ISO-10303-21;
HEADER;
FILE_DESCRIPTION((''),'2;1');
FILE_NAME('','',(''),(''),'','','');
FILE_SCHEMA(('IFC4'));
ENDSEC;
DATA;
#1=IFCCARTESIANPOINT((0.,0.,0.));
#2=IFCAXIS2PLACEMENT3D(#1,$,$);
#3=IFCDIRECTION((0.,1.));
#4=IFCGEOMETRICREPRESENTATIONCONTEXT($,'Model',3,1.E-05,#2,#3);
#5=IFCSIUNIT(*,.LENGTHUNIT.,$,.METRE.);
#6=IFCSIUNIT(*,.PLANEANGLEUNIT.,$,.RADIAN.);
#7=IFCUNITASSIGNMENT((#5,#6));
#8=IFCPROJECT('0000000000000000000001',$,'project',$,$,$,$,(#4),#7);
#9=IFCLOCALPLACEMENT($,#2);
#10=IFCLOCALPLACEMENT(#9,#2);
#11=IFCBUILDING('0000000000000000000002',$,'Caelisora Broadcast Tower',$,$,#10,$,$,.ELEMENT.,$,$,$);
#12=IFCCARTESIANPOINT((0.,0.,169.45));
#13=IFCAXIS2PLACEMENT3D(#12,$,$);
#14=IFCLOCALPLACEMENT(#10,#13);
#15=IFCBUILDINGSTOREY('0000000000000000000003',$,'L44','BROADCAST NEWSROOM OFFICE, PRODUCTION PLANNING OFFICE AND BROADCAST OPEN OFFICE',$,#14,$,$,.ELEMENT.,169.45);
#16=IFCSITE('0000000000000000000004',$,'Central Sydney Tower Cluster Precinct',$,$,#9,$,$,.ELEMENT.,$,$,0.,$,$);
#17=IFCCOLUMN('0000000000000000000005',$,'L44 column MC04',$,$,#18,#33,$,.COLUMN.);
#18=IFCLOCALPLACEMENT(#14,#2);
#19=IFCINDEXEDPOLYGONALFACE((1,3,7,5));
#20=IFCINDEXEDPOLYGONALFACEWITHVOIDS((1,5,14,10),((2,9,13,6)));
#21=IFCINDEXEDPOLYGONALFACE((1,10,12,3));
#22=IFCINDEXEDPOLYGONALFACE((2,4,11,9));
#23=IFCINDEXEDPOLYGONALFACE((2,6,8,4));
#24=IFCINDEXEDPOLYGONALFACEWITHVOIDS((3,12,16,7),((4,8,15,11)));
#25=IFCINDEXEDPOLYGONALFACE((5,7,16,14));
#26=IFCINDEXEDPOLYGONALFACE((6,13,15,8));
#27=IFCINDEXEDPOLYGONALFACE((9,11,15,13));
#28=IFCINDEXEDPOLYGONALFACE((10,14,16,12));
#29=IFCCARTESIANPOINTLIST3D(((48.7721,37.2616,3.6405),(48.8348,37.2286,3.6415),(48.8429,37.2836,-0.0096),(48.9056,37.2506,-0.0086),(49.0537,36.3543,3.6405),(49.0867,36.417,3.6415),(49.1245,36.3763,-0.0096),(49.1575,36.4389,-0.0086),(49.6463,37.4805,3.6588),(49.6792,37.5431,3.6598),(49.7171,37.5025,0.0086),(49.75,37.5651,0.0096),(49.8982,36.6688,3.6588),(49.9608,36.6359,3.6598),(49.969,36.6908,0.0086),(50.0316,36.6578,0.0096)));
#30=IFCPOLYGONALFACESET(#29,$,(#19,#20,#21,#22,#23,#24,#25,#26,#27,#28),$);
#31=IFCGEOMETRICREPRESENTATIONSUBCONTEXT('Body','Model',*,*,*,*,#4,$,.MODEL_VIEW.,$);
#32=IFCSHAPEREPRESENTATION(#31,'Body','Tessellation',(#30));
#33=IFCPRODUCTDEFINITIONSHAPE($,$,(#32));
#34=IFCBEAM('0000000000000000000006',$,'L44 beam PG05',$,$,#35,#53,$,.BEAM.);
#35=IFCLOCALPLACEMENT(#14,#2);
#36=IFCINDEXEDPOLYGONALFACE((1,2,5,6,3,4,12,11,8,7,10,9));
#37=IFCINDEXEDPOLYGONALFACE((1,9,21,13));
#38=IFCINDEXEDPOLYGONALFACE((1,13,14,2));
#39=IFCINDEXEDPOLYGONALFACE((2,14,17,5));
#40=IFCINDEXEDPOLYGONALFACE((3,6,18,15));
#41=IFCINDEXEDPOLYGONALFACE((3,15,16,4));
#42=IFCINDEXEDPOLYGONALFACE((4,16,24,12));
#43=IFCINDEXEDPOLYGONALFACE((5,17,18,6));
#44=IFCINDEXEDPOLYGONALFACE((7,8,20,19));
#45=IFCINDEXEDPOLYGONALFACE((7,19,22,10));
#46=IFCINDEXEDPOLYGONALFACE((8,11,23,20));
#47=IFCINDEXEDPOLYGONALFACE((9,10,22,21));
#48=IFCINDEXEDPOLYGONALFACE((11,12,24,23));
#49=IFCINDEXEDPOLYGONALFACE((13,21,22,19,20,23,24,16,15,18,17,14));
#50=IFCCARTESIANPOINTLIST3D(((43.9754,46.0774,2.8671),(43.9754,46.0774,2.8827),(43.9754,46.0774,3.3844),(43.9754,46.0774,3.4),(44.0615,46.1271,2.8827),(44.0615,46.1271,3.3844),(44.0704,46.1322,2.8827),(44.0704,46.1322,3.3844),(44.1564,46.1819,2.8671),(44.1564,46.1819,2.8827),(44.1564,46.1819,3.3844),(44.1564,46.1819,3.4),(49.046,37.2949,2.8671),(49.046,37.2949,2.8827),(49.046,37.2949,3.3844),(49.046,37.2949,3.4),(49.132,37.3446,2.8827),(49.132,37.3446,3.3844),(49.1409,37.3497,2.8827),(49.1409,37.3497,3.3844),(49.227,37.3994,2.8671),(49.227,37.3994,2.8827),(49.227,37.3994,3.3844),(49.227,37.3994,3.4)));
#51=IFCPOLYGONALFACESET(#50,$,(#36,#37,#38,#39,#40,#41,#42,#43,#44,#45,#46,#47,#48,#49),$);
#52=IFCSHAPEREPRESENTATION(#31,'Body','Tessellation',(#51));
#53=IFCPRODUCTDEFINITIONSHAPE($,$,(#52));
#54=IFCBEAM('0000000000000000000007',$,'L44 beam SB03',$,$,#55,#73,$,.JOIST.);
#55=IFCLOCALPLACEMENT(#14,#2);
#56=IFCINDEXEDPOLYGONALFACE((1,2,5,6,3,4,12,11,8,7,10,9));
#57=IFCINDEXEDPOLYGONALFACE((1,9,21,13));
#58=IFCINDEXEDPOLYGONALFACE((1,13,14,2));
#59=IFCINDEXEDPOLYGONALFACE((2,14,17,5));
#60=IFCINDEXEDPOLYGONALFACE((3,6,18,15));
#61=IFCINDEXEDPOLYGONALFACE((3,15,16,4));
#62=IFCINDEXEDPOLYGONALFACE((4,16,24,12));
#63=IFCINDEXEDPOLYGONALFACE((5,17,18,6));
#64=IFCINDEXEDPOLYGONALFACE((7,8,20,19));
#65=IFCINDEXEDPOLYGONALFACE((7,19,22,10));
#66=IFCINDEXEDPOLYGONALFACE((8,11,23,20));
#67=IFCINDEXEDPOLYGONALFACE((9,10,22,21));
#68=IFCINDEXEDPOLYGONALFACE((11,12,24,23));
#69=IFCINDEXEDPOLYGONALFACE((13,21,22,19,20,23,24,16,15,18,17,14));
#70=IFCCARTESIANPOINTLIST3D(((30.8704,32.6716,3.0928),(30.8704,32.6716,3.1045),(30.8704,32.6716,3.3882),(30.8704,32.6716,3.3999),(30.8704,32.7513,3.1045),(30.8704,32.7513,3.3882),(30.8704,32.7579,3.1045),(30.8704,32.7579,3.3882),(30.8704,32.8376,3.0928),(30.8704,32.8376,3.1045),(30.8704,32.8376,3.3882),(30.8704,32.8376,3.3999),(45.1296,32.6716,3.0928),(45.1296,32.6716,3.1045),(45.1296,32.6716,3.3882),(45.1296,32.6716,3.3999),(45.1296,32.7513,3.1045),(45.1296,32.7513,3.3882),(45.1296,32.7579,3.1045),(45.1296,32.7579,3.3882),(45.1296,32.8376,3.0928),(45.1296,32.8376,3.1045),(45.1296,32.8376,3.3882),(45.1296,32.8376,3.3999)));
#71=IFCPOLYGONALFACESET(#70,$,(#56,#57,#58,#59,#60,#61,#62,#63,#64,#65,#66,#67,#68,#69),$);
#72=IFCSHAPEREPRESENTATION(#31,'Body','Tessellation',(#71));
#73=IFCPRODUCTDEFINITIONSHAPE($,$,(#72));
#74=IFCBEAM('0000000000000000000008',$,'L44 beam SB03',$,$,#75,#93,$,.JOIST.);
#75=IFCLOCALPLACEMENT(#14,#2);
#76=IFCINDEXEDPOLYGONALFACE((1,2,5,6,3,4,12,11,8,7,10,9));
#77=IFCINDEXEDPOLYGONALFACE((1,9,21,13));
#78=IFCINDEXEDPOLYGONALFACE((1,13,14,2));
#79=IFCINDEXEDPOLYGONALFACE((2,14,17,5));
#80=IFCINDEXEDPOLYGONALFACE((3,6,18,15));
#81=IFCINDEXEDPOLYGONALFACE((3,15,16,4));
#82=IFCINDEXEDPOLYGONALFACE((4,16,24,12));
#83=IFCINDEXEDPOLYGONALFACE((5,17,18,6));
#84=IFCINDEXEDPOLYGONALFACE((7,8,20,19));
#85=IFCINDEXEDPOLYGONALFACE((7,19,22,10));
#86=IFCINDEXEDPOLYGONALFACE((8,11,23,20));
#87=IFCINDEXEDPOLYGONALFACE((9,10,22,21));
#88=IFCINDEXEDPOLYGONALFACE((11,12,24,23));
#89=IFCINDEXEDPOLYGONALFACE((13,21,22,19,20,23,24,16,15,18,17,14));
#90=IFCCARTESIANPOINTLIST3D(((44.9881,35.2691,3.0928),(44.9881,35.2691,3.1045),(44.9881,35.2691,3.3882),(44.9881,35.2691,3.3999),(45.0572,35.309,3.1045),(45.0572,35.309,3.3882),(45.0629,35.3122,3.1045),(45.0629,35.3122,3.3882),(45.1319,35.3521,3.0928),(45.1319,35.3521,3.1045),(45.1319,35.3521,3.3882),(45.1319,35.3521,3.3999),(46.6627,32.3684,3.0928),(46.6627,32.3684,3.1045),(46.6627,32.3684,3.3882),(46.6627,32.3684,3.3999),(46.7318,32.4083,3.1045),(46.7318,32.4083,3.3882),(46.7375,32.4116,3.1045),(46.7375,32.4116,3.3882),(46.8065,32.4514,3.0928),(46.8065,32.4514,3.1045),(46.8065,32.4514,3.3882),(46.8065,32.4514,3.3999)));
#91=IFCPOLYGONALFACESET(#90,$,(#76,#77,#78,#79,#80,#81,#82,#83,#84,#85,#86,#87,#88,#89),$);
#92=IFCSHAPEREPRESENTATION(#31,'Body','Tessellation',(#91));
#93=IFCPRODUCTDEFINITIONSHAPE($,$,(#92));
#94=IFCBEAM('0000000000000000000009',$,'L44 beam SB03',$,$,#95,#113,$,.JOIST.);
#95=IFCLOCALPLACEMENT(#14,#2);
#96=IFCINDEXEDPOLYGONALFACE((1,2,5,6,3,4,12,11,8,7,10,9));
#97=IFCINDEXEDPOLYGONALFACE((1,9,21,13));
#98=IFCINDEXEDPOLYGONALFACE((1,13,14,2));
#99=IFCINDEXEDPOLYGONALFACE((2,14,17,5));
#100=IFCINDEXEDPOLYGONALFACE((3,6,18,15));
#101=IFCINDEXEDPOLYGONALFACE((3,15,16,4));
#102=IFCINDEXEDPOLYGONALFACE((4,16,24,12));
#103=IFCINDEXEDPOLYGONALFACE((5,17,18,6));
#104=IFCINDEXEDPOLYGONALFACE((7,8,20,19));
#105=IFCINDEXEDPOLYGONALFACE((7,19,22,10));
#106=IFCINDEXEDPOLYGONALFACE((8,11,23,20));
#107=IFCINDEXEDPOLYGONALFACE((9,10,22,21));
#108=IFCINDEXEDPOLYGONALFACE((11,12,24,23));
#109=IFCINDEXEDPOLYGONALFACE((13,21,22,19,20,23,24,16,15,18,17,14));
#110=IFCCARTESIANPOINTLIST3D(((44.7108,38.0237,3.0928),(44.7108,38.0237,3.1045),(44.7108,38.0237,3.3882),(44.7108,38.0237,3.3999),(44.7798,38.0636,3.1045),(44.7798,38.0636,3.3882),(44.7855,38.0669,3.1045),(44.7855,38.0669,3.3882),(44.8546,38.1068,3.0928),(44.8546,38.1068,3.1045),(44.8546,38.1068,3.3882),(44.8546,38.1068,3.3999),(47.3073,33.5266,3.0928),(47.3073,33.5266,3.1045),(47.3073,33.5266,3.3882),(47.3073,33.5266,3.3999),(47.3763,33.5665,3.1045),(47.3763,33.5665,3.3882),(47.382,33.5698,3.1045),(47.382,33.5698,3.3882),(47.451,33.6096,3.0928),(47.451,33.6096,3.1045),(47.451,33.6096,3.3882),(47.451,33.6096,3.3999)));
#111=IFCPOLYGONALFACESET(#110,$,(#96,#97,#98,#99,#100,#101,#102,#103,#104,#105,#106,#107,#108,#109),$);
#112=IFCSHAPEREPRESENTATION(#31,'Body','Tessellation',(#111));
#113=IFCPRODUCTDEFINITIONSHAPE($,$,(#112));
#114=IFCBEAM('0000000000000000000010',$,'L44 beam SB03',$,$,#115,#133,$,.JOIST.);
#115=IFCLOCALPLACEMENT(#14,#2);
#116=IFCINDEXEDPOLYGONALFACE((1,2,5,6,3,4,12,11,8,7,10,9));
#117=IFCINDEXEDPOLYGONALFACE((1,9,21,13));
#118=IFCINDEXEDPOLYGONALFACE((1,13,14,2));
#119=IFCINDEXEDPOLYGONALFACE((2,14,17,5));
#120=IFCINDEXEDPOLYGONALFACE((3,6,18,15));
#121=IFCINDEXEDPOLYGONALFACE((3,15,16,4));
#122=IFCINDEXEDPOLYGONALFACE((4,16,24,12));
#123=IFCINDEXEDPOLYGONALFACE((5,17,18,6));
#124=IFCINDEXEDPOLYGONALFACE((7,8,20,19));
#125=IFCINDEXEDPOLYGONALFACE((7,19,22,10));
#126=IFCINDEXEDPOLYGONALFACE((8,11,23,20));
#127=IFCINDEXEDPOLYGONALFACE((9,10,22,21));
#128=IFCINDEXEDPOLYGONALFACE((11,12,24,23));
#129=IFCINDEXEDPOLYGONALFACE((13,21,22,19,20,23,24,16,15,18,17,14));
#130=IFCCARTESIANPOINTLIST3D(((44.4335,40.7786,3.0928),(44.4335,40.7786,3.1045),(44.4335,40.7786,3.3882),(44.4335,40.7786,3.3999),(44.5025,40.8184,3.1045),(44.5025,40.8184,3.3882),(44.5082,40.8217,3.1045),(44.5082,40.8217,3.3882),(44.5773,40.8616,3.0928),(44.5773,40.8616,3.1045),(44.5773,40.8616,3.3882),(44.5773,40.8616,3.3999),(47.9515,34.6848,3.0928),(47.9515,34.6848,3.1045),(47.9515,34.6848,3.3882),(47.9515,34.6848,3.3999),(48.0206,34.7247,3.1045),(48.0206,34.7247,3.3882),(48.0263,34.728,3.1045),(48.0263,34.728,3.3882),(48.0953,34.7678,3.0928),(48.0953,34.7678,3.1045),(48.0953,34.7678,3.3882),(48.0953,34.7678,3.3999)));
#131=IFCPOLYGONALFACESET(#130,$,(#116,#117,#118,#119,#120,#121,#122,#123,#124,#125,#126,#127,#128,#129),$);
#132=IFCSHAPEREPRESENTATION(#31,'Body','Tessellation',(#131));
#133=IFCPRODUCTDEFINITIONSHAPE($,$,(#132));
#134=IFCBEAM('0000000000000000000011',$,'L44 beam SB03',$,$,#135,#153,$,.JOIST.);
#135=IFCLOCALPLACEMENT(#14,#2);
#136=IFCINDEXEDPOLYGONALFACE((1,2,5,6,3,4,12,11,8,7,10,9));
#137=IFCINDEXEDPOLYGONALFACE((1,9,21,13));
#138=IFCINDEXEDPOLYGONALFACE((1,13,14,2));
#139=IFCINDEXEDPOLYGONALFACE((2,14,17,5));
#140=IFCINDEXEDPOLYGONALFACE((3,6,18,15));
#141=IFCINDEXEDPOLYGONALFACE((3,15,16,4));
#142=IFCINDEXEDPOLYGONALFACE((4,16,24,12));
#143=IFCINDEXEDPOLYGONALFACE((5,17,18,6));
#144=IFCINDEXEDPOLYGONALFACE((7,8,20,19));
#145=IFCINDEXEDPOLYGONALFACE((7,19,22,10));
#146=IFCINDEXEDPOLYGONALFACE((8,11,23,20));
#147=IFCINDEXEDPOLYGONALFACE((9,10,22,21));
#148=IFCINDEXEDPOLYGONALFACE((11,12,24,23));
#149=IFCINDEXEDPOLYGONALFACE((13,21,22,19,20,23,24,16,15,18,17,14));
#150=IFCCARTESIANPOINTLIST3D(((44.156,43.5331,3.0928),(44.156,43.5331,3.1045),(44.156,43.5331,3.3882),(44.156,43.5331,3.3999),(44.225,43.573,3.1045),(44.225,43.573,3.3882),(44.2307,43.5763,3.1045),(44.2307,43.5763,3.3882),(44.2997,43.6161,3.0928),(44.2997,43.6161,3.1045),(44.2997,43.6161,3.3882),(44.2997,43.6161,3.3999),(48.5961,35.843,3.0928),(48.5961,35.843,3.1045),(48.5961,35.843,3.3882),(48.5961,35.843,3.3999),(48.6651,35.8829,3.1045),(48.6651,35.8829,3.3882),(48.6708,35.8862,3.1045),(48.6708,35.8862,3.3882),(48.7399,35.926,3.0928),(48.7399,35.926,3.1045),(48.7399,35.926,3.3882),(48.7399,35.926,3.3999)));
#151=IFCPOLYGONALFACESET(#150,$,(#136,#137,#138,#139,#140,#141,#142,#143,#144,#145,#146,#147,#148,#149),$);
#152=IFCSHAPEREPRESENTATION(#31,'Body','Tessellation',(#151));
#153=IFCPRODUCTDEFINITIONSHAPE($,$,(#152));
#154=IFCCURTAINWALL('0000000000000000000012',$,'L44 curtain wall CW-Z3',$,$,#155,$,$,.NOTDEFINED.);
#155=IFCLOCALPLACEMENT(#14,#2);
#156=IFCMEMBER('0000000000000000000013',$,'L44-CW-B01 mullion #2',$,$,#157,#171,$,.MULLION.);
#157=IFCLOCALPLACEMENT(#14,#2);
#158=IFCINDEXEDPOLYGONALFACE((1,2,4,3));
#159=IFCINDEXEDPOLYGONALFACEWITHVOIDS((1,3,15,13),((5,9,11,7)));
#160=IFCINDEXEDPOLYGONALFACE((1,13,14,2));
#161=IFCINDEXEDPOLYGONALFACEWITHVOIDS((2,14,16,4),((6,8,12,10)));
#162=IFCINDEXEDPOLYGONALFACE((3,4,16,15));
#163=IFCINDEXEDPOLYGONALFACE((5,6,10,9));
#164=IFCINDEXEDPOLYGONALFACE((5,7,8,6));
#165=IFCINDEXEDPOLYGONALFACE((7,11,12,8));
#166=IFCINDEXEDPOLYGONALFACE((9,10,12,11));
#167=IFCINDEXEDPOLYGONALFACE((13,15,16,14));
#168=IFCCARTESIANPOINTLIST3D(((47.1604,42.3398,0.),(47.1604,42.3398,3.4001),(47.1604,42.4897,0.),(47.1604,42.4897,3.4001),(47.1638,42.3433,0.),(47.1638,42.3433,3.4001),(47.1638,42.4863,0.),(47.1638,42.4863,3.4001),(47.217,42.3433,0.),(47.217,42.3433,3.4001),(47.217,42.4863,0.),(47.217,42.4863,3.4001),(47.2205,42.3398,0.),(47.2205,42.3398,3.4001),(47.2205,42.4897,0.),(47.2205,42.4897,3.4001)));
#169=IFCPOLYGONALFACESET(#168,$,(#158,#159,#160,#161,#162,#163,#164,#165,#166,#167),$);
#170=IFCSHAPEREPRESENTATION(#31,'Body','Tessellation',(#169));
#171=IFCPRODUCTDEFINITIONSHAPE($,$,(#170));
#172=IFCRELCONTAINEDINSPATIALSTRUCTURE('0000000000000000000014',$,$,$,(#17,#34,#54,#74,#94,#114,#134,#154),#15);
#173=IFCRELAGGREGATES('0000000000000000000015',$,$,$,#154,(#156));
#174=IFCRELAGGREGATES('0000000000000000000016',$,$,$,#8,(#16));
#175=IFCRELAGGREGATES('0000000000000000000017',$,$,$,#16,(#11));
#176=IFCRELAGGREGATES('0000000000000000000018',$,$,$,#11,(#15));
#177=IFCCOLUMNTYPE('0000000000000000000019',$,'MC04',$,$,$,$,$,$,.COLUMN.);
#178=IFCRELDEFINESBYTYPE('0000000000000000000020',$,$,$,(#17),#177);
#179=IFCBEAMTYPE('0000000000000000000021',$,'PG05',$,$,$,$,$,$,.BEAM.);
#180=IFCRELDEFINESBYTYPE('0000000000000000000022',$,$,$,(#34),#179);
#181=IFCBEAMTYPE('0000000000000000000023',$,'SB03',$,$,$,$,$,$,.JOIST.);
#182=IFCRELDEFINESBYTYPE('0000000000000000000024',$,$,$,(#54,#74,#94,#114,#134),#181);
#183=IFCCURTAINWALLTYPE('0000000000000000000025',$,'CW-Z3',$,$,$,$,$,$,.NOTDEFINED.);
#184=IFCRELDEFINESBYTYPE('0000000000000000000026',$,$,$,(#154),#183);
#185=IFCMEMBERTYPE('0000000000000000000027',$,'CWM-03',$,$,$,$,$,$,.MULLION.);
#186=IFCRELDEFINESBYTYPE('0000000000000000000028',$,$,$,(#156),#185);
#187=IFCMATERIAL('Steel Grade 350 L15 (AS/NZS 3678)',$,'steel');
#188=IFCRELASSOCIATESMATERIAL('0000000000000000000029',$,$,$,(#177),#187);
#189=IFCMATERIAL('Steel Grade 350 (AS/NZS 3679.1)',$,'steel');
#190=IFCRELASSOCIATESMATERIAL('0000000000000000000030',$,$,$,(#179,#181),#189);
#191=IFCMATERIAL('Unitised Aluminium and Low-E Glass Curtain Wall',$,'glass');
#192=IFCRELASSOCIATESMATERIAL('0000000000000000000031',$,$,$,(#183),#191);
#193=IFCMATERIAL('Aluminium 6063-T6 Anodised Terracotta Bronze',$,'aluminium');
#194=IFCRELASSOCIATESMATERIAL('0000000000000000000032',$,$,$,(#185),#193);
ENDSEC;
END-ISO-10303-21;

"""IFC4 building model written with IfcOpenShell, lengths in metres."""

from ifc_helpers import new_model, si_unit, direction, frame, origin, origin_2d, place, context, subcontext, project, spatial, hollow_rectangle, i_section, extrude, source, transform, mapped, material, material_profile, profile_set, type_object, type_shapes, element, aggregate, save


model = new_model("IFC4")

# Units and contexts
model_context = context("Model", 3, precision=1e-05, world=origin(), true_north=direction((0.0, 1.0)))
body_context = subcontext(model_context, "Body", "Model", "MODEL_VIEW")
ifc_project = project(units=[si_unit("LENGTHUNIT", "METRE"), si_unit("PLANEANGLEUNIT", "RADIAN")], contexts=[model_context])

# Site, building, storey
site_placement = place(None, origin())
site = spatial("IfcSite", under=ifc_project, at=site_placement, Name="Central Sydney Tower Cluster Precinct", CompositionType="ELEMENT", RefElevation=0.0)
building_placement = place(site_placement, origin())
building = spatial("IfcBuilding", under=site, at=building_placement, Name="Caelisora Broadcast Tower", CompositionType="ELEMENT")
storey_placement = place(building_placement, frame((0.0, 0.0, 169.45)))
storey = spatial("IfcBuildingStorey", under=building, at=storey_placement, Name="L44", Description="BROADCAST NEWSROOM OFFICE, PRODUCTION PLANNING OFFICE AND BROADCAST OPEN OFFICE", CompositionType="ELEMENT", Elevation=169.45)

# Column
ifc_material_1 = material(Name="Steel Grade 350 L15 (AS/NZS 3678)", Category="steel")
ifc_material_profile_1 = material_profile(ifc_material_1, hollow_rectangle(XDim=0.95, YDim=0.95, WallThickness=0.05, at=origin_2d()), Name="Steel Grade 350 L15 (AS/NZS 3678)")
ifc_profile_set_1 = profile_set([ifc_material_profile_1], Name="Steel Grade 350 L15 (AS/NZS 3678)")
column_type = type_object("IfcColumnType", Name="MC04", PredefinedType="COLUMN", material=ifc_profile_set_1)
shared_shape_1 = source(origin(), body_context, "Body", "SweptSolid", [
    extrude(hollow_rectangle(XDim=0.95, YDim=0.95, WallThickness=0.05, at=origin_2d()), origin(), (0.0, 0.0, 1.0), 3.6509),
])
type_shapes(column_type, [shared_shape_1])
column_placement = place(storey_placement, frame((49.4373, 36.9707, 0.0), z_axis=(-0.019393, -0.006018, 0.999794), x_axis=(0.296399, -0.955064, 0.0)))
element("IfcColumn", 1, at=column_placement, inside=storey, type_object=column_type, Name="L44 column MC04", PredefinedType="COLUMN", context=body_context, shape_type="MappedRepresentation", body=[
    mapped(shared_shape_1, transform((0.0, 0.0, 0.0), scale=1.0)),
])

# Beams
ifc_material_2 = material(Name="Steel Grade 350 (AS/NZS 3679.1)", Category="steel")
ifc_material_profile_2 = material_profile(ifc_material_2, i_section(OverallWidth=0.209, OverallDepth=0.533, WebThickness=0.0103, FlangeThickness=0.0156, at=origin_2d()), Name="Steel Grade 350 (AS/NZS 3679.1)")
ifc_profile_set_2 = profile_set([ifc_material_profile_2], Name="Steel Grade 350 (AS/NZS 3679.1)")
beam_type_1 = type_object("IfcBeamType", Name="PG05", PredefinedType="BEAM", material=ifc_profile_set_2)
shared_shape_2 = source(origin(), body_context, "Body", "SweptSolid", [
    extrude(i_section(OverallWidth=0.209, OverallDepth=0.533, WebThickness=0.0103, FlangeThickness=0.0156, at=origin_2d()), origin(), (0.0, 0.0, 1.0), 10.1411),
])
type_shapes(beam_type_1, [shared_shape_2])
beam_1_placement = place(storey_placement, frame((49.1365, 37.3472, 3.1335), z_axis=(-0.5, 0.866026, 0.0), x_axis=(-0.866026, -0.5, 0.0)))
element("IfcBeam", 2, at=beam_1_placement, inside=storey, type_object=beam_type_1, Name="L44 beam PG05", PredefinedType="BEAM", context=body_context, shape_type="MappedRepresentation", body=[
    mapped(shared_shape_2, transform((0.0, 0.0, 0.0), scale=1.0)),
])
ifc_material_profile_3 = material_profile(ifc_material_2, i_section(OverallWidth=0.166, OverallDepth=0.3071, WebThickness=0.0066, FlangeThickness=0.0117, at=origin_2d()), Name="Steel Grade 350 (AS/NZS 3679.1)")
ifc_profile_set_3 = profile_set([ifc_material_profile_3], Name="Steel Grade 350 (AS/NZS 3679.1)")
beam_type_2 = type_object("IfcBeamType", Name="SB03", PredefinedType="JOIST", material=ifc_profile_set_3)
shared_shape_3 = source(origin(), body_context, "Body", "SweptSolid", [
    extrude(i_section(OverallWidth=0.166, OverallDepth=0.3071, WebThickness=0.0066, FlangeThickness=0.0117, at=origin_2d()), origin(), (0.0, 0.0, 1.0), 14.2593),
])
beam_2_placement = place(storey_placement, frame((45.1296, 32.7546, 3.2463), z_axis=(-1.0, 0.0, 0.0), x_axis=(0.0, -1.0, 0.0)))
element("IfcBeam", 3, at=beam_2_placement, inside=storey, type_object=beam_type_2, Name="L44 beam SB03", PredefinedType="JOIST", context=body_context, shape_type="MappedRepresentation", body=[
    mapped(shared_shape_3, transform((0.0, 0.0, 0.0), scale=1.0)),
])
shared_shape_4 = source(origin(), body_context, "Body", "SweptSolid", [
    extrude(i_section(OverallWidth=0.166, OverallDepth=0.3071, WebThickness=0.0066, FlangeThickness=0.0117, at=origin_2d()), origin(), (0.0, 0.0, 1.0), 3.3494),
])
beam_3_placement = place(storey_placement, frame((46.7346, 32.4099, 3.2463), z_axis=(-0.499973, 0.866041, 0.0), x_axis=(-0.866041, -0.499973, 0.0)))
element("IfcBeam", 4, at=beam_3_placement, inside=storey, type_object=beam_type_2, Name="L44 beam SB03", PredefinedType="JOIST", context=body_context, shape_type="MappedRepresentation", body=[
    mapped(shared_shape_4, transform((0.0, 0.0, 0.0), scale=1.0)),
])
shared_shape_5 = source(origin(), body_context, "Body", "SweptSolid", [
    extrude(i_section(OverallWidth=0.166, OverallDepth=0.3071, WebThickness=0.0066, FlangeThickness=0.0117, at=origin_2d()), origin(), (0.0, 0.0, 1.0), 5.1929),
])
beam_4_placement = place(storey_placement, frame((47.3792, 33.5681, 3.2463), z_axis=(-0.500007, 0.866021, 0.0), x_axis=(-0.866021, -0.500007, 0.0)))
element("IfcBeam", 5, at=beam_4_placement, inside=storey, type_object=beam_type_2, Name="L44 beam SB03", PredefinedType="JOIST", context=body_context, shape_type="MappedRepresentation", body=[
    mapped(shared_shape_5, transform((0.0, 0.0, 0.0), scale=1.0)),
])
shared_shape_6 = source(origin(), body_context, "Body", "SweptSolid", [
    extrude(i_section(OverallWidth=0.166, OverallDepth=0.3071, WebThickness=0.0066, FlangeThickness=0.0117, at=origin_2d()), origin(), (0.0, 0.0, 1.0), 7.0364),
])
beam_5_placement = place(storey_placement, frame((48.0234, 34.7263, 3.2463), z_axis=(-0.499983, 0.866035, 0.0), x_axis=(-0.866035, -0.499983, 0.0)))
element("IfcBeam", 6, at=beam_5_placement, inside=storey, type_object=beam_type_2, Name="L44 beam SB03", PredefinedType="JOIST", context=body_context, shape_type="MappedRepresentation", body=[
    mapped(shared_shape_6, transform((0.0, 0.0, 0.0), scale=1.0)),
])
shared_shape_7 = source(origin(), body_context, "Body", "SweptSolid", [
    extrude(i_section(OverallWidth=0.166, OverallDepth=0.3071, WebThickness=0.0066, FlangeThickness=0.0117, at=origin_2d()), origin(), (0.0, 0.0, 1.0), 8.8799),
])
type_shapes(beam_type_2, [shared_shape_3, shared_shape_4, shared_shape_5, shared_shape_6, shared_shape_7])
beam_6_placement = place(storey_placement, frame((48.668, 35.8845, 3.2463), z_axis=(-0.500022, 0.866013, 0.0), x_axis=(-0.866013, -0.500022, 0.0)))
element("IfcBeam", 7, at=beam_6_placement, inside=storey, type_object=beam_type_2, Name="L44 beam SB03", PredefinedType="JOIST", context=body_context, shape_type="MappedRepresentation", body=[
    mapped(shared_shape_7, transform((0.0, 0.0, 0.0), scale=1.0)),
])

# Curtain wall, member
ifc_material_3 = material(Name="Unitised Aluminium and Low-E Glass Curtain Wall", Category="glass")
curtain_wall_type_1 = type_object("IfcCurtainWallType", Name="CW-Z3", PredefinedType="NOTDEFINED", material=ifc_material_3)
curtain_wall_1_placement = place(storey_placement, origin())
curtain_wall_1 = element("IfcCurtainWall", 8, at=curtain_wall_1_placement, inside=storey, type_object=curtain_wall_type_1, Name="L44 curtain wall CW-Z3", PredefinedType="NOTDEFINED")
ifc_material_4 = material(Name="Aluminium 6063-T6 Anodised Terracotta Bronze", Category="aluminium")
ifc_material_profile_4 = material_profile(ifc_material_4, hollow_rectangle(XDim=0.0601, YDim=0.1499, WallThickness=0.0034, at=origin_2d()), Name="Aluminium 6063-T6 Anodised Terracotta Bronze")
ifc_profile_set_4 = profile_set([ifc_material_profile_4], Name="Aluminium 6063-T6 Anodised Terracotta Bronze")
member_type_1 = type_object("IfcMemberType", Name="CWM-03", PredefinedType="MULLION", material=ifc_profile_set_4)
shared_shape_8 = source(origin(), body_context, "Body", "SweptSolid", [
    extrude(hollow_rectangle(XDim=0.0601, YDim=0.1499, WallThickness=0.0034, at=origin_2d()), origin(), (0.0, 0.0, 1.0), 3.4001),
])
type_shapes(member_type_1, [shared_shape_8])
member_1_placement = place(storey_placement, frame((47.1904, 42.4148, 0.0), z_axis=(0.0, 0.0, 1.0), x_axis=(1.0, 0.0, 0.0)))
member_1 = element("IfcMember", 9, at=member_1_placement, type_object=member_type_1, Name="L44-CW-B01 mullion #2", PredefinedType="MULLION", context=body_context, shape_type="MappedRepresentation", body=[
    mapped(shared_shape_8, transform((0.0, 0.0, 0.0), scale=1.0)),
])

aggregate(curtain_wall_1, [member_1])

save(model, "model.ifc")
